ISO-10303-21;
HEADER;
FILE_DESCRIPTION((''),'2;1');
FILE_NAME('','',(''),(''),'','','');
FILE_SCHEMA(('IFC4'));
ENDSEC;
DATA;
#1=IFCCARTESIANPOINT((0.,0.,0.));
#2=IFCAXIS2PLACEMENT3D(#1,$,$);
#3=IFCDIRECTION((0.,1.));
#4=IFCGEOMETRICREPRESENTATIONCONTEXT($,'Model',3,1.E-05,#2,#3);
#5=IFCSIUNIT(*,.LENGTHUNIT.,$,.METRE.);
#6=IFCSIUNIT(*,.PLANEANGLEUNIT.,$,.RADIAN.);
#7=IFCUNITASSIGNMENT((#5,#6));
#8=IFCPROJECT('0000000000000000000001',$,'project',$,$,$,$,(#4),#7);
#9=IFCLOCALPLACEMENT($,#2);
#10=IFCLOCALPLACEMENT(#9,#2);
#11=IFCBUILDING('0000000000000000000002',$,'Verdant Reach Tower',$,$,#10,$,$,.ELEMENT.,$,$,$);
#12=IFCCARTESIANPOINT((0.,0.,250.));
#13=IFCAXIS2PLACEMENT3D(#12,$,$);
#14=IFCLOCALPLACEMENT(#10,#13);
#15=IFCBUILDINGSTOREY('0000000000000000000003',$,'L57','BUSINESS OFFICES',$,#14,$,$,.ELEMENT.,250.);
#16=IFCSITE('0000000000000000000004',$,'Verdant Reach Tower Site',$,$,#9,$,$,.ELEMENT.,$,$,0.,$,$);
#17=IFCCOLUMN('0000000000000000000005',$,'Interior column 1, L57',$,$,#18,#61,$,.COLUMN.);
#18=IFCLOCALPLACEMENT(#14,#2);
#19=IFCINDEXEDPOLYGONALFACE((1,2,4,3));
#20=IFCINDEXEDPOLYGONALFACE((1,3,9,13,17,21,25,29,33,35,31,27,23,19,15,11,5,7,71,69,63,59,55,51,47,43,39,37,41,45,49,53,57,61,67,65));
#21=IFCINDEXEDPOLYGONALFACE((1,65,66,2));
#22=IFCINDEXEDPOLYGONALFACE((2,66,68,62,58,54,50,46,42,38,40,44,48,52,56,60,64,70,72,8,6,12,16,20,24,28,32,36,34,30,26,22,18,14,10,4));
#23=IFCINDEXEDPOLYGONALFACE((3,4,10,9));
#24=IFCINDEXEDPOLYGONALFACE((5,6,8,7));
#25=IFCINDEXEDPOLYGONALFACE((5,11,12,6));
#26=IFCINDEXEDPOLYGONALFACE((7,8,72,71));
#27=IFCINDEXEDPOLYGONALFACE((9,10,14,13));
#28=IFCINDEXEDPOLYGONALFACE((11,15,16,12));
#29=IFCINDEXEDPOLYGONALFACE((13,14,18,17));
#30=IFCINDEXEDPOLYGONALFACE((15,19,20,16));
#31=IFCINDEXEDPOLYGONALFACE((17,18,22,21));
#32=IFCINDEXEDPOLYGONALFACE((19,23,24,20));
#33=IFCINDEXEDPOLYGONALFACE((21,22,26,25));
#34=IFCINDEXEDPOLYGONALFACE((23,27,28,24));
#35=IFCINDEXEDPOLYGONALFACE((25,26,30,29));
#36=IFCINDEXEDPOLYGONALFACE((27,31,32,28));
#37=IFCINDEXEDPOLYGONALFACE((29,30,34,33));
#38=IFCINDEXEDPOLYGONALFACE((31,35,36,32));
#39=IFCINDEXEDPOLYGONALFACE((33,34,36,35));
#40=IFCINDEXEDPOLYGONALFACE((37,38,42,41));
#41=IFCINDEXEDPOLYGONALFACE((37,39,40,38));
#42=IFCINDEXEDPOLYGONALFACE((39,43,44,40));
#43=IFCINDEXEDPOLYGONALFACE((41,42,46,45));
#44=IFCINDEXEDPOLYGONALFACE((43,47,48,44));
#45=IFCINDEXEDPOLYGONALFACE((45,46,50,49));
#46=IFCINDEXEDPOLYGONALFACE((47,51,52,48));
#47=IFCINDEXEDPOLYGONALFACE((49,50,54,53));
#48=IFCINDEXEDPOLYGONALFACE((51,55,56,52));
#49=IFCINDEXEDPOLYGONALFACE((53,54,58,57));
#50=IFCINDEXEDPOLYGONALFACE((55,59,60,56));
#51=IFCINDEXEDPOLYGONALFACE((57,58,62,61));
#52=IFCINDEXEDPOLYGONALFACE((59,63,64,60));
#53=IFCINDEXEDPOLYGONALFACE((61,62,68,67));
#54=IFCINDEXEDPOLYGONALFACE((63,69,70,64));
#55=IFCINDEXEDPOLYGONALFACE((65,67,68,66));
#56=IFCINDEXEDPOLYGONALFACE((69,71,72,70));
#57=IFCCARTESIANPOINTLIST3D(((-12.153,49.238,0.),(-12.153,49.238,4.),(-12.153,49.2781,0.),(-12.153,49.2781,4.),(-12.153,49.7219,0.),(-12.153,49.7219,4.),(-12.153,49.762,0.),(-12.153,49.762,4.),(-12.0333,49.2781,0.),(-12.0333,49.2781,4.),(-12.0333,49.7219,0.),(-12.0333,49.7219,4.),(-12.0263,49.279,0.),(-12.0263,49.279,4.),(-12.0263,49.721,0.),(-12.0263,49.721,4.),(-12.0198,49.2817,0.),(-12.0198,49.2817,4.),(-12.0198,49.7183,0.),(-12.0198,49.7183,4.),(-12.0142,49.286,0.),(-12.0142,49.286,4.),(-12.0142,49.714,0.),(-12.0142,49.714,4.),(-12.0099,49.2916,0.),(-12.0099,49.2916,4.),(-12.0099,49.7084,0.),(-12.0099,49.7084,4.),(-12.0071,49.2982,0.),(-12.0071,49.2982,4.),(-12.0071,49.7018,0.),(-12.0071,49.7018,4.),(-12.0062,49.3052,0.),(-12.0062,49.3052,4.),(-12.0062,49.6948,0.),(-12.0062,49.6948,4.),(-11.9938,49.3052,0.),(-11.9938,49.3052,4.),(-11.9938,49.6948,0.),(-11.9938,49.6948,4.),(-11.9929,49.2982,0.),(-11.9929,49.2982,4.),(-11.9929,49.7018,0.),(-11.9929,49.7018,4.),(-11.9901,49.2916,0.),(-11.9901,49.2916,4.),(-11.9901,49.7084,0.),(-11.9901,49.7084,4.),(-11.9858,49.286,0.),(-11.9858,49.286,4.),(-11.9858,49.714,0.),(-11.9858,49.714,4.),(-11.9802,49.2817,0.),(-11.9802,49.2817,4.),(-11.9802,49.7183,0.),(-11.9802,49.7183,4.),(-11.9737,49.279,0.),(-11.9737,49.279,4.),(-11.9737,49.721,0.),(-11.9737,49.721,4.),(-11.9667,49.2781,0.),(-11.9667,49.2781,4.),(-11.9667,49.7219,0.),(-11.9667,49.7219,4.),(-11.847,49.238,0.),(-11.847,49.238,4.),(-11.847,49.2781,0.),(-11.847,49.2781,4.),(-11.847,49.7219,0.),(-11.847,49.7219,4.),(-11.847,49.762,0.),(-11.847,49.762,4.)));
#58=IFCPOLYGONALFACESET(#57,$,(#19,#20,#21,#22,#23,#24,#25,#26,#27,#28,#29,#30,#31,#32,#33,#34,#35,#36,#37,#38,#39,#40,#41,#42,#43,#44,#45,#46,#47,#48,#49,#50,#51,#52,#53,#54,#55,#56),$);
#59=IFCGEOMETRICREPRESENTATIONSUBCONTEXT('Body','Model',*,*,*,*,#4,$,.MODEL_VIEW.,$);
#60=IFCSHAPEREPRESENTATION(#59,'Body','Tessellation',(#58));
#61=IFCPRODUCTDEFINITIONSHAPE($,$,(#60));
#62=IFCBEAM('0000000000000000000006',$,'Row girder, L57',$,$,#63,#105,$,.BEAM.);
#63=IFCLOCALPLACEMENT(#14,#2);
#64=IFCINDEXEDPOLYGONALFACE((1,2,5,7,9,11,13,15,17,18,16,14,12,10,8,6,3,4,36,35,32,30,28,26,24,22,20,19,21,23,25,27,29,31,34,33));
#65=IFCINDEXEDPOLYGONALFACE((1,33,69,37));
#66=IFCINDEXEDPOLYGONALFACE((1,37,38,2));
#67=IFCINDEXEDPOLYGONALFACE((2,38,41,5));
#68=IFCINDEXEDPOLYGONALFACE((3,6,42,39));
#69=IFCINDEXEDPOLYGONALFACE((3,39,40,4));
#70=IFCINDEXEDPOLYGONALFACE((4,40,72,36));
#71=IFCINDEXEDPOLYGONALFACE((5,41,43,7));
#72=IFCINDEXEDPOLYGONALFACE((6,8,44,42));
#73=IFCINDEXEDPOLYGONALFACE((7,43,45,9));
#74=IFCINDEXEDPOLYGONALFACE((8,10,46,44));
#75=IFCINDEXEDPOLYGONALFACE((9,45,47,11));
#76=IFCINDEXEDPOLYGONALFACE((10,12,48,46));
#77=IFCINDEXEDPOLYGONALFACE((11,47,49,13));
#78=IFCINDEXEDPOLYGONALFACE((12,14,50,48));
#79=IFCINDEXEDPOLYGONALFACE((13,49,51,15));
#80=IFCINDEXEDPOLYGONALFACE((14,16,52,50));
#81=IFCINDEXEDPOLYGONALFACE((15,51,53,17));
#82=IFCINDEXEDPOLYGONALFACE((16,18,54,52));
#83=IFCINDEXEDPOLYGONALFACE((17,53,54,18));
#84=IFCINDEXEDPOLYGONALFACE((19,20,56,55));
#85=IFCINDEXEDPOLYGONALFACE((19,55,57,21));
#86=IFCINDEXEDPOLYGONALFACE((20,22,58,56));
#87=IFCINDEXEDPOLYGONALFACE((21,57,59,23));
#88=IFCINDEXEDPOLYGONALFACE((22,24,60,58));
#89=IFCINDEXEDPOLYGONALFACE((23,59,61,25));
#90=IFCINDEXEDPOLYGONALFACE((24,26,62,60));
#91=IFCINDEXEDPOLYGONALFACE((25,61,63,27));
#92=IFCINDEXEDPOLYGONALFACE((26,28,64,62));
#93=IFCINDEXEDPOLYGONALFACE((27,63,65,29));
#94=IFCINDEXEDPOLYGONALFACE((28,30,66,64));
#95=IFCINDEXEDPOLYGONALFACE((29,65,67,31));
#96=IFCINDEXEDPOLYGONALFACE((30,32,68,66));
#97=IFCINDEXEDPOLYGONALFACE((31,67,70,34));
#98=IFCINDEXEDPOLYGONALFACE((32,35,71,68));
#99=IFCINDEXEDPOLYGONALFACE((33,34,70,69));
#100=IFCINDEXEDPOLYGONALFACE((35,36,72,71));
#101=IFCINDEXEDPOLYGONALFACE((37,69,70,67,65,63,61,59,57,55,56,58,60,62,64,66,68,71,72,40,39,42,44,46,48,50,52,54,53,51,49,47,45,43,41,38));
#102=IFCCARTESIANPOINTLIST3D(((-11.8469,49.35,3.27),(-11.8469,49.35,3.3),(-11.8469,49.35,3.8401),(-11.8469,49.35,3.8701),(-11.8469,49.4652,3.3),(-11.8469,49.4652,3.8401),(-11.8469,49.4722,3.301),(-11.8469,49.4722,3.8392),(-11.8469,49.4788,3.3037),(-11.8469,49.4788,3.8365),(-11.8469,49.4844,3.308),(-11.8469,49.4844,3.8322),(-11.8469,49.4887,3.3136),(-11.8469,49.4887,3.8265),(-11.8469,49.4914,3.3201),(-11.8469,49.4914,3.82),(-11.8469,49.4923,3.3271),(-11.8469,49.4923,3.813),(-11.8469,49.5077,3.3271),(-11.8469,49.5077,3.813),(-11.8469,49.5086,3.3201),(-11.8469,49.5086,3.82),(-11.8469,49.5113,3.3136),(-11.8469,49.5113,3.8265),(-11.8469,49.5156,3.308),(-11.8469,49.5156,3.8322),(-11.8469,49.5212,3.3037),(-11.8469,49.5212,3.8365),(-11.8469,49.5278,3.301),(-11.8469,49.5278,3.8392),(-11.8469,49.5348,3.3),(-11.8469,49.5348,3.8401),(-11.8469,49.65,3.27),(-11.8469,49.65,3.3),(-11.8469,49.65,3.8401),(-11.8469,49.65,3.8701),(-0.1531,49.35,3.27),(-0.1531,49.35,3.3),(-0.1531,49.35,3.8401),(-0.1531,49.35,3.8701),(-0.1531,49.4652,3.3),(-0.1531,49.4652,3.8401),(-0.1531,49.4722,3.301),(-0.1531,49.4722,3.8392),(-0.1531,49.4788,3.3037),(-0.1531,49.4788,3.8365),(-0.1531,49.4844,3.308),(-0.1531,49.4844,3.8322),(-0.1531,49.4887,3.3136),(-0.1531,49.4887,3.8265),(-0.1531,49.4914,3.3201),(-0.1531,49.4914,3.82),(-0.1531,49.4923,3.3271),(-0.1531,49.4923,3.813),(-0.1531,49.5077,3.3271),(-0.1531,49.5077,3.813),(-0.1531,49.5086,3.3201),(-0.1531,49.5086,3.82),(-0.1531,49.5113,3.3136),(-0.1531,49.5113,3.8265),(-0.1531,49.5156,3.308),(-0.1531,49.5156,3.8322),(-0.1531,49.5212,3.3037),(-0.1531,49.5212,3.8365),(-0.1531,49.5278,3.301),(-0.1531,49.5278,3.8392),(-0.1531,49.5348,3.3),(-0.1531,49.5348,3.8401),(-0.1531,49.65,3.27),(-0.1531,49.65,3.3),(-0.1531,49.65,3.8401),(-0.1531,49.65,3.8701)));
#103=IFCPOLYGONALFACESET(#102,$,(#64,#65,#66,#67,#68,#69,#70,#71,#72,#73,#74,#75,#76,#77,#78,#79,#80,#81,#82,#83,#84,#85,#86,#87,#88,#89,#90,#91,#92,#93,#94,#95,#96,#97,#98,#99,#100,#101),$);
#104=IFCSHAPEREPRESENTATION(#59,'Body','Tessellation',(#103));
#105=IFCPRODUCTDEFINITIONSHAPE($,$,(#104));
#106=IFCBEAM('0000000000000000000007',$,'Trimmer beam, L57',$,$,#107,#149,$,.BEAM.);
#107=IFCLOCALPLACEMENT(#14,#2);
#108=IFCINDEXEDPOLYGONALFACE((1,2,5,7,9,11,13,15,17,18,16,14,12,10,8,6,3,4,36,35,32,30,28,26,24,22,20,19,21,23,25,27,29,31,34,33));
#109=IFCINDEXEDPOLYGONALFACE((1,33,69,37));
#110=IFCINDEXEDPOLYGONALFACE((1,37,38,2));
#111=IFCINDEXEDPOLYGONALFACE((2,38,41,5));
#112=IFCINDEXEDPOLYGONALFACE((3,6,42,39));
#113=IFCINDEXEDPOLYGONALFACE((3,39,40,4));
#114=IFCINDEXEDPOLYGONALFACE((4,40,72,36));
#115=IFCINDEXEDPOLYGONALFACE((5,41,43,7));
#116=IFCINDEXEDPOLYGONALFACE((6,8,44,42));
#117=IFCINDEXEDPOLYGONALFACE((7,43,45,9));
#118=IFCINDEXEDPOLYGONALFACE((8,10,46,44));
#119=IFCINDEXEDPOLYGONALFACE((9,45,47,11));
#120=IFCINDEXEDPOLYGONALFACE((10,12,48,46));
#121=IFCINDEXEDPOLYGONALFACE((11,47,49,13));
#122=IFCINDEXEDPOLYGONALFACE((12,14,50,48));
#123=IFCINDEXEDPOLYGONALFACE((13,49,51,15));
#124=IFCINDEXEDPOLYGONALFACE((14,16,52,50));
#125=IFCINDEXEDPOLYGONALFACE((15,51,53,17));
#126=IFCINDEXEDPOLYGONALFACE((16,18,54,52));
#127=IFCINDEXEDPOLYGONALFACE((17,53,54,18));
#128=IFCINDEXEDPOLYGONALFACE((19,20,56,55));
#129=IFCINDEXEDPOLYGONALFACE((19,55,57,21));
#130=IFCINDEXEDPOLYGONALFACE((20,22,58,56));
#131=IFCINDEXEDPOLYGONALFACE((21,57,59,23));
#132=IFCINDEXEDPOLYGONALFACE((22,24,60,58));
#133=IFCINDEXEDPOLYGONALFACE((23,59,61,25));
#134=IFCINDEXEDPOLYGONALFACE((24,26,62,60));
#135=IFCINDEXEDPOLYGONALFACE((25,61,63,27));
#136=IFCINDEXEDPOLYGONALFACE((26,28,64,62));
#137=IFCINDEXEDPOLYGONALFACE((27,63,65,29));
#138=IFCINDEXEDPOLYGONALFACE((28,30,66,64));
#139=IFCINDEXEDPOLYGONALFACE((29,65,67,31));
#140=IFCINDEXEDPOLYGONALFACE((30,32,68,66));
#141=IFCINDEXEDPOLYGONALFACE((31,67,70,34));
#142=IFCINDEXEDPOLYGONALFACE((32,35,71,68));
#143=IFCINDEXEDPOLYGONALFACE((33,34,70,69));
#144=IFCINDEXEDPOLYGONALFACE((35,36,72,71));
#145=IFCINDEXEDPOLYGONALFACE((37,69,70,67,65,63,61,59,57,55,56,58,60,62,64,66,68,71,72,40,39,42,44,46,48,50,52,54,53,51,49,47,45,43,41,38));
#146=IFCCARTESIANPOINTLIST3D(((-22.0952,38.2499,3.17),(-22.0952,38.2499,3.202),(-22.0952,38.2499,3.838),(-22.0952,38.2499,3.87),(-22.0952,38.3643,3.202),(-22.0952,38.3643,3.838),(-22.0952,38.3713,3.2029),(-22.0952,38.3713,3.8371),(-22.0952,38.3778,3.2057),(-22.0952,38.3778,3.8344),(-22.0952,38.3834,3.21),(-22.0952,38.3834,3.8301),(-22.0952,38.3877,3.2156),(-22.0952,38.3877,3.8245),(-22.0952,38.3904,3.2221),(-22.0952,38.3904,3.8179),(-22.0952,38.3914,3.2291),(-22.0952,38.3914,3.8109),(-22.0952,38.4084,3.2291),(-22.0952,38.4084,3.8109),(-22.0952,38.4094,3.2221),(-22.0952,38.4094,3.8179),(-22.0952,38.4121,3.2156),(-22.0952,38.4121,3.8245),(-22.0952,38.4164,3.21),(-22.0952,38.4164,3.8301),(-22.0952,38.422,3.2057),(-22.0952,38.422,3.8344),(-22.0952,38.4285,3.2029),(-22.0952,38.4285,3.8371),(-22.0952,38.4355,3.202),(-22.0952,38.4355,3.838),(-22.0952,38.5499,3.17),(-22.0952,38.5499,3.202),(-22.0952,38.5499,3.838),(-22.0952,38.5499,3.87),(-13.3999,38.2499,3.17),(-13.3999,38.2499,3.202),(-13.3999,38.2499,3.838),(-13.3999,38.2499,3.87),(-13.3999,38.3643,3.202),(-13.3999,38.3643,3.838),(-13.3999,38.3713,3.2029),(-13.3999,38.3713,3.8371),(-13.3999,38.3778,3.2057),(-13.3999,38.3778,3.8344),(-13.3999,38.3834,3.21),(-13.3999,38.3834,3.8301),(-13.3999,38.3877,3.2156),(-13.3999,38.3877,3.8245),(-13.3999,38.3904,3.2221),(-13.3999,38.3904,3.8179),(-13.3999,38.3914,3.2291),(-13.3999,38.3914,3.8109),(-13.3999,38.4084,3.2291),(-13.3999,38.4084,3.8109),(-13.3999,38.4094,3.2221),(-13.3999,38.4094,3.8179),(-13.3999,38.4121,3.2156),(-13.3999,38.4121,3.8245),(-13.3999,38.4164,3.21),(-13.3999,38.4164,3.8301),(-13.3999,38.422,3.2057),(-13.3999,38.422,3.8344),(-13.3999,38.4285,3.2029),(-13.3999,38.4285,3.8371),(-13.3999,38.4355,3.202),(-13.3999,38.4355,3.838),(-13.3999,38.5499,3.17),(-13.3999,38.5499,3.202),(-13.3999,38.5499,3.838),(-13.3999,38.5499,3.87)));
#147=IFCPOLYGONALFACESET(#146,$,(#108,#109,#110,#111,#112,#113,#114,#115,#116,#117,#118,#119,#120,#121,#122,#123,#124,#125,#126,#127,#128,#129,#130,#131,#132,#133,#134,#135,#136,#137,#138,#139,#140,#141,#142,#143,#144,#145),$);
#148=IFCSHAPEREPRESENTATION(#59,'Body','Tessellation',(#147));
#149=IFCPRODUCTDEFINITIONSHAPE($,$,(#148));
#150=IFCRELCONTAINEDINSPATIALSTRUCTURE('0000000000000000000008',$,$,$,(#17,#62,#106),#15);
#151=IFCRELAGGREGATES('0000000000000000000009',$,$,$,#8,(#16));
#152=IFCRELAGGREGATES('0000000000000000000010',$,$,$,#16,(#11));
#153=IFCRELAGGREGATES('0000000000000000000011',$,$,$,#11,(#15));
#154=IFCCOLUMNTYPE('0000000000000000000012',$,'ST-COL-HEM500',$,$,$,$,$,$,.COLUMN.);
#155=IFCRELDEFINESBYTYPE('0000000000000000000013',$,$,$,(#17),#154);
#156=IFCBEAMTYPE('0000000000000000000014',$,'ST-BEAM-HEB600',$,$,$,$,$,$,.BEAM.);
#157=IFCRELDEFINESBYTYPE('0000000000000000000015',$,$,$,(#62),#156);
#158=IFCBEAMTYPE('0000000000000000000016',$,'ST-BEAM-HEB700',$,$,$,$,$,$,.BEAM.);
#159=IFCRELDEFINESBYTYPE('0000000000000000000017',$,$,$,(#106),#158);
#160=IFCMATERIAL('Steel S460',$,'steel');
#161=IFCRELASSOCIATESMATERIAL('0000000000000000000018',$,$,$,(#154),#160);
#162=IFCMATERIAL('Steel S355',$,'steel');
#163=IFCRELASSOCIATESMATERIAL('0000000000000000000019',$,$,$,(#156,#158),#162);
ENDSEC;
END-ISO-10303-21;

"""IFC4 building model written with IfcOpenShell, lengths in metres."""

from ifc_helpers import new_model, si_unit, direction, frame, origin, origin_2d, place, context, subcontext, project, spatial, i_section, extrude, material, material_profile, profile_set, type_object, element, save


model = new_model("IFC4")

# Units and contexts
model_context = context("Model", 3, precision=1e-05, world=origin(), true_north=direction((0.0, 1.0)))
body_context = subcontext(model_context, "Body", "Model", "MODEL_VIEW")
ifc_project = project(units=[si_unit("LENGTHUNIT", "METRE"), si_unit("PLANEANGLEUNIT", "RADIAN")], contexts=[model_context])

# Site, building, storey
site_placement = place(None, origin())
site = spatial("IfcSite", under=ifc_project, at=site_placement, Name="Verdant Reach Tower Site", CompositionType="ELEMENT", RefElevation=0.0)
building_placement = place(site_placement, origin())
building = spatial("IfcBuilding", under=site, at=building_placement, Name="Verdant Reach Tower", CompositionType="ELEMENT")
storey_placement = place(building_placement, frame((0.0, 0.0, 250.0)))
storey = spatial("IfcBuildingStorey", under=building, at=storey_placement, Name="L57", Description="BUSINESS OFFICES", CompositionType="ELEMENT", Elevation=250.0)

# Column
ifc_material_1 = material(Name="Steel S460", Category="steel")
ifc_material_profile_1 = material_profile(ifc_material_1, i_section(OverallWidth=0.3059, OverallDepth=0.5239, WebThickness=0.0125, FlangeThickness=0.04, FilletRadius=0.0271, at=origin_2d()), Name="HEM 500")
ifc_profile_set_1 = profile_set([ifc_material_profile_1], Name="Steel S460")
column_type = type_object("IfcColumnType", Name="ST-COL-HEM500", PredefinedType="COLUMN", material=ifc_profile_set_1)
column_placement = place(storey_placement, frame((-12.0, 49.5, 0.0), z_axis=(0.0, 0.0, 1.0), x_axis=(1.0, 0.0, 0.0)))
element("IfcColumn", 1, at=column_placement, inside=storey, type_object=column_type, Name="Interior column 1, L57", PredefinedType="COLUMN", context=body_context, shape_type="SweptSolid", body=[
    extrude(i_section(OverallWidth=0.3059, OverallDepth=0.5239, WebThickness=0.0125, FlangeThickness=0.04, FilletRadius=0.0271, at=origin_2d()), origin(), (0.0, 0.0, 1.0), 4.0),
])

# Beams
ifc_material_2 = material(Name="Steel S355", Category="steel")
ifc_material_profile_2 = material_profile(ifc_material_2, i_section(OverallWidth=0.3, OverallDepth=0.6001, WebThickness=0.0154, FlangeThickness=0.03, FilletRadius=0.0271, at=origin_2d()), Name="HEB 600")
ifc_profile_set_2 = profile_set([ifc_material_profile_2], Name="Steel S355")
beam_type_1 = type_object("IfcBeamType", Name="ST-BEAM-HEB600", PredefinedType="BEAM", material=ifc_profile_set_2)
beam_1_placement = place(storey_placement, frame((-11.8469, 49.5, 3.5701), z_axis=(1.0, 0.0, 0.0), x_axis=(0.0, 1.0, 0.0)))
element("IfcBeam", 2, at=beam_1_placement, inside=storey, type_object=beam_type_1, Name="Row girder, L57", PredefinedType="BEAM", context=body_context, shape_type="SweptSolid", body=[
    extrude(i_section(OverallWidth=0.3, OverallDepth=0.6001, WebThickness=0.0154, FlangeThickness=0.03, FilletRadius=0.0271, at=origin_2d()), origin(), (0.0, 0.0, 1.0), 11.6938),
])
ifc_material_profile_3 = material_profile(ifc_material_2, i_section(OverallWidth=0.3, OverallDepth=0.7, WebThickness=0.0171, FlangeThickness=0.032, FilletRadius=0.0271, at=origin_2d()), Name="HEB 700")
ifc_profile_set_3 = profile_set([ifc_material_profile_3], Name="Steel S355")
beam_type_2 = type_object("IfcBeamType", Name="ST-BEAM-HEB700", PredefinedType="BEAM", material=ifc_profile_set_3)
beam_2_placement = place(storey_placement, frame((-13.3999, 38.3999, 3.52), z_axis=(-1.0, 0.0, 0.0), x_axis=(0.0, -1.0, 0.0)))
element("IfcBeam", 3, at=beam_2_placement, inside=storey, type_object=beam_type_2, Name="Trimmer beam, L57", PredefinedType="BEAM", context=body_context, shape_type="SweptSolid", body=[
    extrude(i_section(OverallWidth=0.3, OverallDepth=0.7, WebThickness=0.0171, FlangeThickness=0.032, FilletRadius=0.0271, at=origin_2d()), origin(), (0.0, 0.0, 1.0), 8.6953),
])

save(model, "model.ifc")
